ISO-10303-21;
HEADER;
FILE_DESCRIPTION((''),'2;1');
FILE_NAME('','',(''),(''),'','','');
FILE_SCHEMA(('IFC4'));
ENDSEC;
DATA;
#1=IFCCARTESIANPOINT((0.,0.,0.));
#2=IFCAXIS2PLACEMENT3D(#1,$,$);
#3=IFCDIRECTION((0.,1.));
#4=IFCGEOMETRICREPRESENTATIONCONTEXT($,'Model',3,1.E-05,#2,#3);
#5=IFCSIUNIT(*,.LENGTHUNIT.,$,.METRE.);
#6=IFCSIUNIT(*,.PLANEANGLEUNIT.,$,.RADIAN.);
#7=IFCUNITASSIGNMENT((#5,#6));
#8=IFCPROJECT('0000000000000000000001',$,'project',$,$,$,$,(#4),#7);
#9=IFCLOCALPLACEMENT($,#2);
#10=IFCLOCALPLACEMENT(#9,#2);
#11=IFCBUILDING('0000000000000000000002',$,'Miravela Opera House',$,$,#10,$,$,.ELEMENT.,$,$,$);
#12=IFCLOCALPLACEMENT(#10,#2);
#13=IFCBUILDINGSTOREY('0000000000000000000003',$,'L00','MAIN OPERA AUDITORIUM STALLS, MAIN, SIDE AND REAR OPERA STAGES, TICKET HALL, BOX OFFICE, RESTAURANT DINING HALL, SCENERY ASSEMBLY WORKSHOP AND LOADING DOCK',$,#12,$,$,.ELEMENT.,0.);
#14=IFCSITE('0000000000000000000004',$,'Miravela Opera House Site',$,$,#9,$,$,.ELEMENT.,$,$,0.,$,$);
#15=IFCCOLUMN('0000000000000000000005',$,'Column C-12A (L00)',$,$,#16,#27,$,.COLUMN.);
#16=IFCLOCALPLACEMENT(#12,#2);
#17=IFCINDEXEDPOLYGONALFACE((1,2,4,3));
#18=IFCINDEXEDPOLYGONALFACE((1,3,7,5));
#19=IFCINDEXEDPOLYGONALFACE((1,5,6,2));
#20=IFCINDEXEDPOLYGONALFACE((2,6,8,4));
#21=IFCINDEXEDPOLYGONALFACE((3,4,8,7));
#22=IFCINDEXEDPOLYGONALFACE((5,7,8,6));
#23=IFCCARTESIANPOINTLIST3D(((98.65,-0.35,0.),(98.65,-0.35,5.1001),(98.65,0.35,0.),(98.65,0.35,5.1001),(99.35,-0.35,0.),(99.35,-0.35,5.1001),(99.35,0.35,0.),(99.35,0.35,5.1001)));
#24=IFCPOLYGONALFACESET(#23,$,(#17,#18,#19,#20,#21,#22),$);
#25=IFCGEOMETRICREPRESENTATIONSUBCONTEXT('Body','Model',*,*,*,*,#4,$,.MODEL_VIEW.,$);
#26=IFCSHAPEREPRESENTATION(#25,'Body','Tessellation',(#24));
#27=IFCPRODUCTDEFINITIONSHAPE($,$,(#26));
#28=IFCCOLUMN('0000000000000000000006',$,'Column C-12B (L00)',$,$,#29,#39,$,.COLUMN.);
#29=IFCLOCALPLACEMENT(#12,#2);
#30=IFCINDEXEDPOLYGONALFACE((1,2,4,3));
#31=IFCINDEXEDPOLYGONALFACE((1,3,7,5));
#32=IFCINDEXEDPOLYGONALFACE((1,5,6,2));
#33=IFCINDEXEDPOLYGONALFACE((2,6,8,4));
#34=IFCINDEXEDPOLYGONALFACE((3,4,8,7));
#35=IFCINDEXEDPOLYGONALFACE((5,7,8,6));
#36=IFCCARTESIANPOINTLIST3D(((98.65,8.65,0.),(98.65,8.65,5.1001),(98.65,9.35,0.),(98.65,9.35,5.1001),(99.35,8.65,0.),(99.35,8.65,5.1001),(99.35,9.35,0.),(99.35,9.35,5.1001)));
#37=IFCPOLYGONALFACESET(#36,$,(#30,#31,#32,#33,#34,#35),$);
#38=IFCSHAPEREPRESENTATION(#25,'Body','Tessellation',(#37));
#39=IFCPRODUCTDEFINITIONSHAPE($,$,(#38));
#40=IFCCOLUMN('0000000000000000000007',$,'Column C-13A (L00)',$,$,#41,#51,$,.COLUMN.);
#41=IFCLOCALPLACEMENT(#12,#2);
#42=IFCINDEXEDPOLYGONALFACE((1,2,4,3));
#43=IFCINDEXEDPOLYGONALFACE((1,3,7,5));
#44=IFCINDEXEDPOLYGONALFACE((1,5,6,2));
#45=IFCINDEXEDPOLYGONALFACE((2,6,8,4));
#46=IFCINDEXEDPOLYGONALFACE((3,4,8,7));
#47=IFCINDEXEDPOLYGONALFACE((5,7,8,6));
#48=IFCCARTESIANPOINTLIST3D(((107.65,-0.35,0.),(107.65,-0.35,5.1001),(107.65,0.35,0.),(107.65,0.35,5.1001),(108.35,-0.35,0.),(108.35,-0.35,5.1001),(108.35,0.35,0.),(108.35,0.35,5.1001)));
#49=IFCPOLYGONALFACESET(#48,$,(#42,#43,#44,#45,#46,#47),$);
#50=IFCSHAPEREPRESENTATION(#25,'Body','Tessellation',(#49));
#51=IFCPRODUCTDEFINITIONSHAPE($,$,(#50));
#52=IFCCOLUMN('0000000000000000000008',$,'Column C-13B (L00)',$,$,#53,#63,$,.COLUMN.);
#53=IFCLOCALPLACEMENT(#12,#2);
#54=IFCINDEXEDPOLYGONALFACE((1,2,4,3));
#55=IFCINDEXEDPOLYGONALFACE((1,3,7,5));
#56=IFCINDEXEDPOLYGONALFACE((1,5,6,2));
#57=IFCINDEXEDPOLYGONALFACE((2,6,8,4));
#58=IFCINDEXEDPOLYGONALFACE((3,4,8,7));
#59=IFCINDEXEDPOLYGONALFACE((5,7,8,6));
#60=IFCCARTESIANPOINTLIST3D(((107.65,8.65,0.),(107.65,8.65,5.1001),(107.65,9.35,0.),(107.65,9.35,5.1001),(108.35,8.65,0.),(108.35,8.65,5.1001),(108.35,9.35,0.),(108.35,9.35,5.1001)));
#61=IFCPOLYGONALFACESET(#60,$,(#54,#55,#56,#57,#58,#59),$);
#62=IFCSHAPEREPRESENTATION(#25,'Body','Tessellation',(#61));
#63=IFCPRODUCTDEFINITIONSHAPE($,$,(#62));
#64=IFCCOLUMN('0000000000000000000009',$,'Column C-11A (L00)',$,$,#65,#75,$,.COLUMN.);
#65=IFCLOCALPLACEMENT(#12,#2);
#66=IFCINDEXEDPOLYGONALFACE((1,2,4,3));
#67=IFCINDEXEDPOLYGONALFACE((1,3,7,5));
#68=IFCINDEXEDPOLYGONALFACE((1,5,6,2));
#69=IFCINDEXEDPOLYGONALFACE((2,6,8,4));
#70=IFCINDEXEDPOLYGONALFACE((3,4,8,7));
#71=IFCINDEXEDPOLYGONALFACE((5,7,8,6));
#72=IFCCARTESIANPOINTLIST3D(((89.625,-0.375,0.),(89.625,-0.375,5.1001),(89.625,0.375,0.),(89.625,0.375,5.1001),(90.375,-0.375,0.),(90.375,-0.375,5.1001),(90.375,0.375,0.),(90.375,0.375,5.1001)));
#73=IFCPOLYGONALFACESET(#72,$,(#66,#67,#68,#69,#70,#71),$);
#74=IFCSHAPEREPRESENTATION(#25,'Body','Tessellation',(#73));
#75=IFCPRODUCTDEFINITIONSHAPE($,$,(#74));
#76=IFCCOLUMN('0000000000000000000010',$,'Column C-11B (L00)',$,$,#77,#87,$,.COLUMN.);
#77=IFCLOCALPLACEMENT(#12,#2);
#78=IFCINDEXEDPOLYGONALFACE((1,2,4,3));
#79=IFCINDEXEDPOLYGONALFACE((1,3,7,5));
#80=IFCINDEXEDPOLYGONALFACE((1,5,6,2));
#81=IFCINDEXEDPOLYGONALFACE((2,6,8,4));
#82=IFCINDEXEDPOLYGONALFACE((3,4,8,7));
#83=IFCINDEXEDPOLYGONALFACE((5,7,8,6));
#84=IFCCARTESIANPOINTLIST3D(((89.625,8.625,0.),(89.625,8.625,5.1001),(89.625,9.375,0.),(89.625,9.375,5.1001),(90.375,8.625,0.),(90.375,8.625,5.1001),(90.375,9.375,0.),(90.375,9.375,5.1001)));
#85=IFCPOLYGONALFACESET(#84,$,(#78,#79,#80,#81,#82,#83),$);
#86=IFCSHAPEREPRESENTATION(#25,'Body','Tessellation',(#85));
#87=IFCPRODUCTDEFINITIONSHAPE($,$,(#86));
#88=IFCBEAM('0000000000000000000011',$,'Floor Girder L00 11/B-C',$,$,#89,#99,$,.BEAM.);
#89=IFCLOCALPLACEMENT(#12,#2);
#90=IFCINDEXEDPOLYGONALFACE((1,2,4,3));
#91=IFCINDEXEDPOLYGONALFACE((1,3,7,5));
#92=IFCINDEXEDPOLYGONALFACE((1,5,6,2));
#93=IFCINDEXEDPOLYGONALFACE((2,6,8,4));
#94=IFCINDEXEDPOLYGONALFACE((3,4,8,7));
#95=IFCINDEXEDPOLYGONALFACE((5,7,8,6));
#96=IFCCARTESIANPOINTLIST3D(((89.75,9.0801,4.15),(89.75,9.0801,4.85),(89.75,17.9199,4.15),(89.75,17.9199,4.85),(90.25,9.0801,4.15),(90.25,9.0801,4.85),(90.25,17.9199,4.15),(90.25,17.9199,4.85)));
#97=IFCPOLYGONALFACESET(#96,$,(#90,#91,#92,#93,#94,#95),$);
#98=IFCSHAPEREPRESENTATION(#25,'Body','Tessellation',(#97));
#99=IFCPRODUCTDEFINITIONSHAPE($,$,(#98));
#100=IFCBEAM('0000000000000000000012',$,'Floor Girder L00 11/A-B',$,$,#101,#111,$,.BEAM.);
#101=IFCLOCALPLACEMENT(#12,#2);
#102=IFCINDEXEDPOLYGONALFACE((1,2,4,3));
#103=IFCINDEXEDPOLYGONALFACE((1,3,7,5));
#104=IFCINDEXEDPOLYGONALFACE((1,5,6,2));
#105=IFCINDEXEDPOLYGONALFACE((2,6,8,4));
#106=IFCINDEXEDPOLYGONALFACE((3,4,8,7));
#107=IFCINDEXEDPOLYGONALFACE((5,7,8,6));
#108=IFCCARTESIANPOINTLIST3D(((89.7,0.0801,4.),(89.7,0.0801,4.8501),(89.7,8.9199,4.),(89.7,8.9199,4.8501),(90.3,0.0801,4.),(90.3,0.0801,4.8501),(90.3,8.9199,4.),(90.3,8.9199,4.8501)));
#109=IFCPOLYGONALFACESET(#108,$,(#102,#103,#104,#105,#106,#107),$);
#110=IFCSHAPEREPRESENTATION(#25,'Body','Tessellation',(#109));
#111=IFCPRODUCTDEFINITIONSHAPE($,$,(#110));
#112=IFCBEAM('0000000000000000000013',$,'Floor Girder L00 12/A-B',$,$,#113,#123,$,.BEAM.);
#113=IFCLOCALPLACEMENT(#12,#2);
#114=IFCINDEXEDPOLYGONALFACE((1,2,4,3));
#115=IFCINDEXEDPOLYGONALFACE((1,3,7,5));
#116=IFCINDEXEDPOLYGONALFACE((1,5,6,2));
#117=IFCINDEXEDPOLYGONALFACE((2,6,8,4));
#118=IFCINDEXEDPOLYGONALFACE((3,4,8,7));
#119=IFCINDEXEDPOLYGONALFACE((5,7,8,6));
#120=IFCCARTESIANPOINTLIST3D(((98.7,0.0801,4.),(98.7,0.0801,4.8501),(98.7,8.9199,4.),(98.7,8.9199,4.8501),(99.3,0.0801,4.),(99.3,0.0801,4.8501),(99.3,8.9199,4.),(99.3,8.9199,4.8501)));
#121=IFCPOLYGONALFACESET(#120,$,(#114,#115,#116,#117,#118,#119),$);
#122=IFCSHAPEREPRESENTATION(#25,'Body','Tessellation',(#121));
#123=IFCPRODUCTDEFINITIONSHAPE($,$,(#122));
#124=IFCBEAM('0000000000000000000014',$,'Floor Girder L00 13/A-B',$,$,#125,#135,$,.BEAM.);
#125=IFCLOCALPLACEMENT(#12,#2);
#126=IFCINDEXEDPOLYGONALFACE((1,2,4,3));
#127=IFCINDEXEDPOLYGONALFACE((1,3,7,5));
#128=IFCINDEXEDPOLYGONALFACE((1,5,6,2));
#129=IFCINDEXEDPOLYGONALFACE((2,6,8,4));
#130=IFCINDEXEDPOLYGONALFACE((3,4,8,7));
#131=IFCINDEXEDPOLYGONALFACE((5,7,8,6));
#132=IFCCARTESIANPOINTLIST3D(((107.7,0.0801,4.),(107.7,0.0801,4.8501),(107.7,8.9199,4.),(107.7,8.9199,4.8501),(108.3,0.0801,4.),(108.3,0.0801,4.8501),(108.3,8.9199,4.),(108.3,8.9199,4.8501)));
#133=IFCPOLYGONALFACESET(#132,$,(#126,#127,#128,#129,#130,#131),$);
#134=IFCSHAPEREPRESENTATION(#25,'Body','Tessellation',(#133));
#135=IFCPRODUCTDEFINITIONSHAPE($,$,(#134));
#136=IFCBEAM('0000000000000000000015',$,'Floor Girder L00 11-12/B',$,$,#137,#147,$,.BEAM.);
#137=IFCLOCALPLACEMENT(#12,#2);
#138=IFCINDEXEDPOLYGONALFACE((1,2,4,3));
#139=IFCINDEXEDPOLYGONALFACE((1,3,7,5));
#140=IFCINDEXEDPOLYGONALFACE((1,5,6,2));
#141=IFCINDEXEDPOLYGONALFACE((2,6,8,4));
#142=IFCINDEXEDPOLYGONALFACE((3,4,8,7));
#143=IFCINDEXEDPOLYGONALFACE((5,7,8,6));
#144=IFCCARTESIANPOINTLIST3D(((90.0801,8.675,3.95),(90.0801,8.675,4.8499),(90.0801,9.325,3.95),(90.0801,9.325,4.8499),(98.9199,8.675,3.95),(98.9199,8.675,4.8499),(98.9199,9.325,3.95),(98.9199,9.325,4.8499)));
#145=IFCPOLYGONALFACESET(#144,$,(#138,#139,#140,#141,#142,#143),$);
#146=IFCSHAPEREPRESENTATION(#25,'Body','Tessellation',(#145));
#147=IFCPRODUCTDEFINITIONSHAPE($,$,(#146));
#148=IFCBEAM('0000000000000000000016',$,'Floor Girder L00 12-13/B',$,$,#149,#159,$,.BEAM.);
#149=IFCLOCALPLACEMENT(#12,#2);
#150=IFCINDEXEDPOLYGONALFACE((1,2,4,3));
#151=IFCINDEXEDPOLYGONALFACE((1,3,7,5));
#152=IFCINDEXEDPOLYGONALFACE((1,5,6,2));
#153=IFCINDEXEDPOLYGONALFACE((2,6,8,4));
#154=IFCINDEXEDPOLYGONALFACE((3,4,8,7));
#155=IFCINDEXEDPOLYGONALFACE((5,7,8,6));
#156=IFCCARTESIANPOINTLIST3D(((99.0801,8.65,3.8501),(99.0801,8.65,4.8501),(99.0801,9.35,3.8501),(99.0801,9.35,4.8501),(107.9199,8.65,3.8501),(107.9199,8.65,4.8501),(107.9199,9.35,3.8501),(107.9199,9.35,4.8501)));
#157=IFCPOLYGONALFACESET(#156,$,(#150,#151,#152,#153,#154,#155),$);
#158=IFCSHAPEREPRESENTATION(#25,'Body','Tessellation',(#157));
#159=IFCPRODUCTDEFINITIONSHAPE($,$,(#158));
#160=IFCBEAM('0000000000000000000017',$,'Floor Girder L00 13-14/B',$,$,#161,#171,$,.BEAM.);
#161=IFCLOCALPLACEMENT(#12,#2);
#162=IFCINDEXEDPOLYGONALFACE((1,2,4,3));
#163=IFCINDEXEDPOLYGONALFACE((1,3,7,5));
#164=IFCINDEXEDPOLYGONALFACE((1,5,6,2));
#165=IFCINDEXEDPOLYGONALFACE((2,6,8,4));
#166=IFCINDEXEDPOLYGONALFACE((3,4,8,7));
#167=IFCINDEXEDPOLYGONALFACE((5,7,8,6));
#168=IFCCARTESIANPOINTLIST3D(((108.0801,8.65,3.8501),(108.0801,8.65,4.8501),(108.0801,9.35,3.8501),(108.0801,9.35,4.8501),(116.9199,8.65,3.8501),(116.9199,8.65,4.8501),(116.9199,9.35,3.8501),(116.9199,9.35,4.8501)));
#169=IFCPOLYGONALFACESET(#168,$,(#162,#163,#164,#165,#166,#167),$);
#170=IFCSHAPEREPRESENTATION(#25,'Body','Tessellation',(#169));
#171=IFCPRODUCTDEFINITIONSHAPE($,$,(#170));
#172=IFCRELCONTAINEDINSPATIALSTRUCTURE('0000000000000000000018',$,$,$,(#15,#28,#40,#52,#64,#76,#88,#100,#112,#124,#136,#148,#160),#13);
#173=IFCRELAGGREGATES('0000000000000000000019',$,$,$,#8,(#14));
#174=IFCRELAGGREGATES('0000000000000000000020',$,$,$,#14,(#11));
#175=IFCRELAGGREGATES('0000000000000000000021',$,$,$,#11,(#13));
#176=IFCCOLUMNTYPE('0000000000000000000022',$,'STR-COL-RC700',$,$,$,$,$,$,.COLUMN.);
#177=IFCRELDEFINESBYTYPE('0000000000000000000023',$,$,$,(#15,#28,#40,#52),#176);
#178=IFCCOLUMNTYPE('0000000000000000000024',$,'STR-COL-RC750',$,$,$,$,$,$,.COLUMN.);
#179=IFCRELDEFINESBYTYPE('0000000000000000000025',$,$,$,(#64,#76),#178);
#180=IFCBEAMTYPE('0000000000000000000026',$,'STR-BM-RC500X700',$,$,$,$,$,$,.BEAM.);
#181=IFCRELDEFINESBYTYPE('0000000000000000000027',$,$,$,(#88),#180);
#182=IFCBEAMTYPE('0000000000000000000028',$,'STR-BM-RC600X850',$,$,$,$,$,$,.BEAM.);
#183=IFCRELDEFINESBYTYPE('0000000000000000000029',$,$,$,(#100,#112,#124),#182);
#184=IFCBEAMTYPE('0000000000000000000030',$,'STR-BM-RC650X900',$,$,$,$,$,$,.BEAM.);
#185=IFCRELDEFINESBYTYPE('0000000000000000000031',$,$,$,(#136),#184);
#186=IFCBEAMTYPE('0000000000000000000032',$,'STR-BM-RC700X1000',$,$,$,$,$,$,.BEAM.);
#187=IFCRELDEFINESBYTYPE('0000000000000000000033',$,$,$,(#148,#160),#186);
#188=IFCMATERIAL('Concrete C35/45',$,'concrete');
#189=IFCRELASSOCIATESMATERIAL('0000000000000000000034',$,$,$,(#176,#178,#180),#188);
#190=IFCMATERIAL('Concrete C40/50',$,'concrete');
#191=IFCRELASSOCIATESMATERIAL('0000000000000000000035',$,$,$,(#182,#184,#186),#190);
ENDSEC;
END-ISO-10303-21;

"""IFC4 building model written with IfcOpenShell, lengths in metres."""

from ifc_helpers import new_model, si_unit, direction, frame, origin, origin_2d, place, context, subcontext, project, spatial, rectangle, extrude, material, material_profile, profile_set, type_object, element, save


model = new_model("IFC4")

# Units and contexts
model_context = context("Model", 3, precision=1e-05, world=origin(), true_north=direction((0.0, 1.0)))
body_context = subcontext(model_context, "Body", "Model", "MODEL_VIEW")
ifc_project = project(units=[si_unit("LENGTHUNIT", "METRE"), si_unit("PLANEANGLEUNIT", "RADIAN")], contexts=[model_context])

# Site, building, storey
site_placement = place(None, origin())
site = spatial("IfcSite", under=ifc_project, at=site_placement, Name="Miravela Opera House Site", CompositionType="ELEMENT", RefElevation=0.0)
building_placement = place(site_placement, origin())
building = spatial("IfcBuilding", under=site, at=building_placement, Name="Miravela Opera House", CompositionType="ELEMENT")
storey_placement = place(building_placement, origin())
storey = spatial("IfcBuildingStorey", under=building, at=storey_placement, Name="L00", Description="MAIN OPERA AUDITORIUM STALLS, MAIN, SIDE AND REAR OPERA STAGES, TICKET HALL, BOX OFFICE, RESTAURANT DINING HALL, SCENERY ASSEMBLY WORKSHOP AND LOADING DOCK", CompositionType="ELEMENT", Elevation=0.0)

# Columns
ifc_material_1 = material(Name="Concrete C35/45", Category="concrete")
ifc_material_profile_1 = material_profile(ifc_material_1, rectangle(XDim=0.7, YDim=0.7, at=origin_2d()), Name="RC-COL-700X700")
ifc_profile_set_1 = profile_set([ifc_material_profile_1])
column_type_1 = type_object("IfcColumnType", Name="STR-COL-RC700", PredefinedType="COLUMN", material=ifc_profile_set_1)
for number, where, z_axis, x_axis, name in (
    (1, (99.0, 0.0, 0.0), (0.0, 0.0, 1.0), (1.0, 0.0, 0.0), "Column C-12A (L00)"),
    (2, (99.0, 9.0, 0.0), (0.0, 0.0, 1.0), (1.0, 0.0, 0.0), "Column C-12B (L00)"),
    (3, (108.0, 0.0, 0.0), (0.0, 0.0, 1.0), (1.0, 0.0, 0.0), "Column C-13A (L00)"),
    (4, (108.0, 9.0, 0.0), (0.0, 0.0, 1.0), (1.0, 0.0, 0.0), "Column C-13B (L00)"),
):
    element("IfcColumn", number, at=place(storey_placement, frame(where, z_axis=z_axis, x_axis=x_axis)), inside=storey, type_object=column_type_1, Name=name, PredefinedType="COLUMN", context=body_context, shape_type="SweptSolid", body=[
        extrude(rectangle(XDim=0.7, YDim=0.7, at=origin_2d()), origin(), (0.0, 0.0, 1.0), 5.1001),
    ])
ifc_material_profile_2 = material_profile(ifc_material_1, rectangle(XDim=0.75, YDim=0.75, at=origin_2d()), Name="RC-COL-750X750")
ifc_profile_set_2 = profile_set([ifc_material_profile_2])
column_type_2 = type_object("IfcColumnType", Name="STR-COL-RC750", PredefinedType="COLUMN", material=ifc_profile_set_2)
for number, where, z_axis, x_axis, name in (
    (5, (90.0, 0.0, 0.0), (0.0, 0.0, 1.0), (1.0, 0.0, 0.0), "Column C-11A (L00)"),
    (6, (90.0, 9.0, 0.0), (0.0, 0.0, 1.0), (1.0, 0.0, 0.0), "Column C-11B (L00)"),
):
    element("IfcColumn", number, at=place(storey_placement, frame(where, z_axis=z_axis, x_axis=x_axis)), inside=storey, type_object=column_type_2, Name=name, PredefinedType="COLUMN", context=body_context, shape_type="SweptSolid", body=[
        extrude(rectangle(XDim=0.75, YDim=0.75, at=origin_2d()), origin(), (0.0, 0.0, 1.0), 5.1001),
    ])

# Beams
ifc_material_profile_3 = material_profile(ifc_material_1, rectangle(XDim=0.5, YDim=0.7, at=origin_2d()), Name="RC-BM-500X700")
ifc_profile_set_3 = profile_set([ifc_material_profile_3])
beam_type_1 = type_object("IfcBeamType", Name="STR-BM-RC500X700", PredefinedType="BEAM", material=ifc_profile_set_3)
beam_1_placement = place(storey_placement, frame((90.0, 9.0801, 4.5), z_axis=(0.0, 1.0, 0.0), x_axis=(-1.0, 0.0, 0.0)))
element("IfcBeam", 7, at=beam_1_placement, inside=storey, type_object=beam_type_1, Name="Floor Girder L00 11/B-C", PredefinedType="BEAM", context=body_context, shape_type="SweptSolid", body=[
    extrude(rectangle(XDim=0.5, YDim=0.7, at=origin_2d()), origin(), (0.0, 0.0, 1.0), 8.8398),
])
ifc_material_2 = material(Name="Concrete C40/50", Category="concrete")
ifc_material_profile_4 = material_profile(ifc_material_2, rectangle(XDim=0.6001, YDim=0.8501, at=origin_2d()), Name="RC-BM-600X850")
ifc_profile_set_4 = profile_set([ifc_material_profile_4])
beam_type_2 = type_object("IfcBeamType", Name="STR-BM-RC600X850", PredefinedType="BEAM", material=ifc_profile_set_4)
for number, where, z_axis, x_axis, name in (
    (8, (90.0, 0.0801, 4.425), (0.0, 1.0, 0.0), (-1.0, 0.0, 0.0), "Floor Girder L00 11/A-B"),
    (9, (99.0, 0.0801, 4.425), (0.0, 1.0, 0.0), (-1.0, 0.0, 0.0), "Floor Girder L00 12/A-B"),
    (10, (108.0, 0.0801, 4.425), (0.0, 1.0, 0.0), (-1.0, 0.0, 0.0), "Floor Girder L00 13/A-B"),
):
    element("IfcBeam", number, at=place(storey_placement, frame(where, z_axis=z_axis, x_axis=x_axis)), inside=storey, type_object=beam_type_2, Name=name, PredefinedType="BEAM", context=body_context, shape_type="SweptSolid", body=[
        extrude(rectangle(XDim=0.6001, YDim=0.8501, at=origin_2d()), origin(), (0.0, 0.0, 1.0), 8.8398),
    ])
ifc_material_profile_5 = material_profile(ifc_material_2, rectangle(XDim=0.6499, YDim=0.8999, at=origin_2d()), Name="RC-BM-650X900")
ifc_profile_set_5 = profile_set([ifc_material_profile_5])
beam_type_3 = type_object("IfcBeamType", Name="STR-BM-RC650X900", PredefinedType="BEAM", material=ifc_profile_set_5)
beam_2_placement = place(storey_placement, frame((90.0801, 9.0, 4.3999), z_axis=(1.0, 0.0, 0.0), x_axis=(0.0, 1.0, 0.0)))
element("IfcBeam", 11, at=beam_2_placement, inside=storey, type_object=beam_type_3, Name="Floor Girder L00 11-12/B", PredefinedType="BEAM", context=body_context, shape_type="SweptSolid", body=[
    extrude(rectangle(XDim=0.6499, YDim=0.8999, at=origin_2d()), origin(), (0.0, 0.0, 1.0), 8.8398),
])
ifc_material_profile_6 = material_profile(ifc_material_2, rectangle(XDim=0.7, YDim=1.0, at=origin_2d()), Name="RC-BM-700X1000")
ifc_profile_set_6 = profile_set([ifc_material_profile_6])
beam_type_4 = type_object("IfcBeamType", Name="STR-BM-RC700X1000", PredefinedType="BEAM", material=ifc_profile_set_6)
for number, where, z_axis, x_axis, name in (
    (12, (99.0801, 9.0, 4.3501), (1.0, 0.0, 0.0), (0.0, 1.0, 0.0), "Floor Girder L00 12-13/B"),
    (13, (108.0801, 9.0, 4.3501), (1.0, 0.0, 0.0), (0.0, 1.0, 0.0), "Floor Girder L00 13-14/B"),
):
    element("IfcBeam", number, at=place(storey_placement, frame(where, z_axis=z_axis, x_axis=x_axis)), inside=storey, type_object=beam_type_4, Name=name, PredefinedType="BEAM", context=body_context, shape_type="SweptSolid", body=[
        extrude(rectangle(XDim=0.7, YDim=1.0, at=origin_2d()), origin(), (0.0, 0.0, 1.0), 8.8398),
    ])

save(model, "model.ifc")
